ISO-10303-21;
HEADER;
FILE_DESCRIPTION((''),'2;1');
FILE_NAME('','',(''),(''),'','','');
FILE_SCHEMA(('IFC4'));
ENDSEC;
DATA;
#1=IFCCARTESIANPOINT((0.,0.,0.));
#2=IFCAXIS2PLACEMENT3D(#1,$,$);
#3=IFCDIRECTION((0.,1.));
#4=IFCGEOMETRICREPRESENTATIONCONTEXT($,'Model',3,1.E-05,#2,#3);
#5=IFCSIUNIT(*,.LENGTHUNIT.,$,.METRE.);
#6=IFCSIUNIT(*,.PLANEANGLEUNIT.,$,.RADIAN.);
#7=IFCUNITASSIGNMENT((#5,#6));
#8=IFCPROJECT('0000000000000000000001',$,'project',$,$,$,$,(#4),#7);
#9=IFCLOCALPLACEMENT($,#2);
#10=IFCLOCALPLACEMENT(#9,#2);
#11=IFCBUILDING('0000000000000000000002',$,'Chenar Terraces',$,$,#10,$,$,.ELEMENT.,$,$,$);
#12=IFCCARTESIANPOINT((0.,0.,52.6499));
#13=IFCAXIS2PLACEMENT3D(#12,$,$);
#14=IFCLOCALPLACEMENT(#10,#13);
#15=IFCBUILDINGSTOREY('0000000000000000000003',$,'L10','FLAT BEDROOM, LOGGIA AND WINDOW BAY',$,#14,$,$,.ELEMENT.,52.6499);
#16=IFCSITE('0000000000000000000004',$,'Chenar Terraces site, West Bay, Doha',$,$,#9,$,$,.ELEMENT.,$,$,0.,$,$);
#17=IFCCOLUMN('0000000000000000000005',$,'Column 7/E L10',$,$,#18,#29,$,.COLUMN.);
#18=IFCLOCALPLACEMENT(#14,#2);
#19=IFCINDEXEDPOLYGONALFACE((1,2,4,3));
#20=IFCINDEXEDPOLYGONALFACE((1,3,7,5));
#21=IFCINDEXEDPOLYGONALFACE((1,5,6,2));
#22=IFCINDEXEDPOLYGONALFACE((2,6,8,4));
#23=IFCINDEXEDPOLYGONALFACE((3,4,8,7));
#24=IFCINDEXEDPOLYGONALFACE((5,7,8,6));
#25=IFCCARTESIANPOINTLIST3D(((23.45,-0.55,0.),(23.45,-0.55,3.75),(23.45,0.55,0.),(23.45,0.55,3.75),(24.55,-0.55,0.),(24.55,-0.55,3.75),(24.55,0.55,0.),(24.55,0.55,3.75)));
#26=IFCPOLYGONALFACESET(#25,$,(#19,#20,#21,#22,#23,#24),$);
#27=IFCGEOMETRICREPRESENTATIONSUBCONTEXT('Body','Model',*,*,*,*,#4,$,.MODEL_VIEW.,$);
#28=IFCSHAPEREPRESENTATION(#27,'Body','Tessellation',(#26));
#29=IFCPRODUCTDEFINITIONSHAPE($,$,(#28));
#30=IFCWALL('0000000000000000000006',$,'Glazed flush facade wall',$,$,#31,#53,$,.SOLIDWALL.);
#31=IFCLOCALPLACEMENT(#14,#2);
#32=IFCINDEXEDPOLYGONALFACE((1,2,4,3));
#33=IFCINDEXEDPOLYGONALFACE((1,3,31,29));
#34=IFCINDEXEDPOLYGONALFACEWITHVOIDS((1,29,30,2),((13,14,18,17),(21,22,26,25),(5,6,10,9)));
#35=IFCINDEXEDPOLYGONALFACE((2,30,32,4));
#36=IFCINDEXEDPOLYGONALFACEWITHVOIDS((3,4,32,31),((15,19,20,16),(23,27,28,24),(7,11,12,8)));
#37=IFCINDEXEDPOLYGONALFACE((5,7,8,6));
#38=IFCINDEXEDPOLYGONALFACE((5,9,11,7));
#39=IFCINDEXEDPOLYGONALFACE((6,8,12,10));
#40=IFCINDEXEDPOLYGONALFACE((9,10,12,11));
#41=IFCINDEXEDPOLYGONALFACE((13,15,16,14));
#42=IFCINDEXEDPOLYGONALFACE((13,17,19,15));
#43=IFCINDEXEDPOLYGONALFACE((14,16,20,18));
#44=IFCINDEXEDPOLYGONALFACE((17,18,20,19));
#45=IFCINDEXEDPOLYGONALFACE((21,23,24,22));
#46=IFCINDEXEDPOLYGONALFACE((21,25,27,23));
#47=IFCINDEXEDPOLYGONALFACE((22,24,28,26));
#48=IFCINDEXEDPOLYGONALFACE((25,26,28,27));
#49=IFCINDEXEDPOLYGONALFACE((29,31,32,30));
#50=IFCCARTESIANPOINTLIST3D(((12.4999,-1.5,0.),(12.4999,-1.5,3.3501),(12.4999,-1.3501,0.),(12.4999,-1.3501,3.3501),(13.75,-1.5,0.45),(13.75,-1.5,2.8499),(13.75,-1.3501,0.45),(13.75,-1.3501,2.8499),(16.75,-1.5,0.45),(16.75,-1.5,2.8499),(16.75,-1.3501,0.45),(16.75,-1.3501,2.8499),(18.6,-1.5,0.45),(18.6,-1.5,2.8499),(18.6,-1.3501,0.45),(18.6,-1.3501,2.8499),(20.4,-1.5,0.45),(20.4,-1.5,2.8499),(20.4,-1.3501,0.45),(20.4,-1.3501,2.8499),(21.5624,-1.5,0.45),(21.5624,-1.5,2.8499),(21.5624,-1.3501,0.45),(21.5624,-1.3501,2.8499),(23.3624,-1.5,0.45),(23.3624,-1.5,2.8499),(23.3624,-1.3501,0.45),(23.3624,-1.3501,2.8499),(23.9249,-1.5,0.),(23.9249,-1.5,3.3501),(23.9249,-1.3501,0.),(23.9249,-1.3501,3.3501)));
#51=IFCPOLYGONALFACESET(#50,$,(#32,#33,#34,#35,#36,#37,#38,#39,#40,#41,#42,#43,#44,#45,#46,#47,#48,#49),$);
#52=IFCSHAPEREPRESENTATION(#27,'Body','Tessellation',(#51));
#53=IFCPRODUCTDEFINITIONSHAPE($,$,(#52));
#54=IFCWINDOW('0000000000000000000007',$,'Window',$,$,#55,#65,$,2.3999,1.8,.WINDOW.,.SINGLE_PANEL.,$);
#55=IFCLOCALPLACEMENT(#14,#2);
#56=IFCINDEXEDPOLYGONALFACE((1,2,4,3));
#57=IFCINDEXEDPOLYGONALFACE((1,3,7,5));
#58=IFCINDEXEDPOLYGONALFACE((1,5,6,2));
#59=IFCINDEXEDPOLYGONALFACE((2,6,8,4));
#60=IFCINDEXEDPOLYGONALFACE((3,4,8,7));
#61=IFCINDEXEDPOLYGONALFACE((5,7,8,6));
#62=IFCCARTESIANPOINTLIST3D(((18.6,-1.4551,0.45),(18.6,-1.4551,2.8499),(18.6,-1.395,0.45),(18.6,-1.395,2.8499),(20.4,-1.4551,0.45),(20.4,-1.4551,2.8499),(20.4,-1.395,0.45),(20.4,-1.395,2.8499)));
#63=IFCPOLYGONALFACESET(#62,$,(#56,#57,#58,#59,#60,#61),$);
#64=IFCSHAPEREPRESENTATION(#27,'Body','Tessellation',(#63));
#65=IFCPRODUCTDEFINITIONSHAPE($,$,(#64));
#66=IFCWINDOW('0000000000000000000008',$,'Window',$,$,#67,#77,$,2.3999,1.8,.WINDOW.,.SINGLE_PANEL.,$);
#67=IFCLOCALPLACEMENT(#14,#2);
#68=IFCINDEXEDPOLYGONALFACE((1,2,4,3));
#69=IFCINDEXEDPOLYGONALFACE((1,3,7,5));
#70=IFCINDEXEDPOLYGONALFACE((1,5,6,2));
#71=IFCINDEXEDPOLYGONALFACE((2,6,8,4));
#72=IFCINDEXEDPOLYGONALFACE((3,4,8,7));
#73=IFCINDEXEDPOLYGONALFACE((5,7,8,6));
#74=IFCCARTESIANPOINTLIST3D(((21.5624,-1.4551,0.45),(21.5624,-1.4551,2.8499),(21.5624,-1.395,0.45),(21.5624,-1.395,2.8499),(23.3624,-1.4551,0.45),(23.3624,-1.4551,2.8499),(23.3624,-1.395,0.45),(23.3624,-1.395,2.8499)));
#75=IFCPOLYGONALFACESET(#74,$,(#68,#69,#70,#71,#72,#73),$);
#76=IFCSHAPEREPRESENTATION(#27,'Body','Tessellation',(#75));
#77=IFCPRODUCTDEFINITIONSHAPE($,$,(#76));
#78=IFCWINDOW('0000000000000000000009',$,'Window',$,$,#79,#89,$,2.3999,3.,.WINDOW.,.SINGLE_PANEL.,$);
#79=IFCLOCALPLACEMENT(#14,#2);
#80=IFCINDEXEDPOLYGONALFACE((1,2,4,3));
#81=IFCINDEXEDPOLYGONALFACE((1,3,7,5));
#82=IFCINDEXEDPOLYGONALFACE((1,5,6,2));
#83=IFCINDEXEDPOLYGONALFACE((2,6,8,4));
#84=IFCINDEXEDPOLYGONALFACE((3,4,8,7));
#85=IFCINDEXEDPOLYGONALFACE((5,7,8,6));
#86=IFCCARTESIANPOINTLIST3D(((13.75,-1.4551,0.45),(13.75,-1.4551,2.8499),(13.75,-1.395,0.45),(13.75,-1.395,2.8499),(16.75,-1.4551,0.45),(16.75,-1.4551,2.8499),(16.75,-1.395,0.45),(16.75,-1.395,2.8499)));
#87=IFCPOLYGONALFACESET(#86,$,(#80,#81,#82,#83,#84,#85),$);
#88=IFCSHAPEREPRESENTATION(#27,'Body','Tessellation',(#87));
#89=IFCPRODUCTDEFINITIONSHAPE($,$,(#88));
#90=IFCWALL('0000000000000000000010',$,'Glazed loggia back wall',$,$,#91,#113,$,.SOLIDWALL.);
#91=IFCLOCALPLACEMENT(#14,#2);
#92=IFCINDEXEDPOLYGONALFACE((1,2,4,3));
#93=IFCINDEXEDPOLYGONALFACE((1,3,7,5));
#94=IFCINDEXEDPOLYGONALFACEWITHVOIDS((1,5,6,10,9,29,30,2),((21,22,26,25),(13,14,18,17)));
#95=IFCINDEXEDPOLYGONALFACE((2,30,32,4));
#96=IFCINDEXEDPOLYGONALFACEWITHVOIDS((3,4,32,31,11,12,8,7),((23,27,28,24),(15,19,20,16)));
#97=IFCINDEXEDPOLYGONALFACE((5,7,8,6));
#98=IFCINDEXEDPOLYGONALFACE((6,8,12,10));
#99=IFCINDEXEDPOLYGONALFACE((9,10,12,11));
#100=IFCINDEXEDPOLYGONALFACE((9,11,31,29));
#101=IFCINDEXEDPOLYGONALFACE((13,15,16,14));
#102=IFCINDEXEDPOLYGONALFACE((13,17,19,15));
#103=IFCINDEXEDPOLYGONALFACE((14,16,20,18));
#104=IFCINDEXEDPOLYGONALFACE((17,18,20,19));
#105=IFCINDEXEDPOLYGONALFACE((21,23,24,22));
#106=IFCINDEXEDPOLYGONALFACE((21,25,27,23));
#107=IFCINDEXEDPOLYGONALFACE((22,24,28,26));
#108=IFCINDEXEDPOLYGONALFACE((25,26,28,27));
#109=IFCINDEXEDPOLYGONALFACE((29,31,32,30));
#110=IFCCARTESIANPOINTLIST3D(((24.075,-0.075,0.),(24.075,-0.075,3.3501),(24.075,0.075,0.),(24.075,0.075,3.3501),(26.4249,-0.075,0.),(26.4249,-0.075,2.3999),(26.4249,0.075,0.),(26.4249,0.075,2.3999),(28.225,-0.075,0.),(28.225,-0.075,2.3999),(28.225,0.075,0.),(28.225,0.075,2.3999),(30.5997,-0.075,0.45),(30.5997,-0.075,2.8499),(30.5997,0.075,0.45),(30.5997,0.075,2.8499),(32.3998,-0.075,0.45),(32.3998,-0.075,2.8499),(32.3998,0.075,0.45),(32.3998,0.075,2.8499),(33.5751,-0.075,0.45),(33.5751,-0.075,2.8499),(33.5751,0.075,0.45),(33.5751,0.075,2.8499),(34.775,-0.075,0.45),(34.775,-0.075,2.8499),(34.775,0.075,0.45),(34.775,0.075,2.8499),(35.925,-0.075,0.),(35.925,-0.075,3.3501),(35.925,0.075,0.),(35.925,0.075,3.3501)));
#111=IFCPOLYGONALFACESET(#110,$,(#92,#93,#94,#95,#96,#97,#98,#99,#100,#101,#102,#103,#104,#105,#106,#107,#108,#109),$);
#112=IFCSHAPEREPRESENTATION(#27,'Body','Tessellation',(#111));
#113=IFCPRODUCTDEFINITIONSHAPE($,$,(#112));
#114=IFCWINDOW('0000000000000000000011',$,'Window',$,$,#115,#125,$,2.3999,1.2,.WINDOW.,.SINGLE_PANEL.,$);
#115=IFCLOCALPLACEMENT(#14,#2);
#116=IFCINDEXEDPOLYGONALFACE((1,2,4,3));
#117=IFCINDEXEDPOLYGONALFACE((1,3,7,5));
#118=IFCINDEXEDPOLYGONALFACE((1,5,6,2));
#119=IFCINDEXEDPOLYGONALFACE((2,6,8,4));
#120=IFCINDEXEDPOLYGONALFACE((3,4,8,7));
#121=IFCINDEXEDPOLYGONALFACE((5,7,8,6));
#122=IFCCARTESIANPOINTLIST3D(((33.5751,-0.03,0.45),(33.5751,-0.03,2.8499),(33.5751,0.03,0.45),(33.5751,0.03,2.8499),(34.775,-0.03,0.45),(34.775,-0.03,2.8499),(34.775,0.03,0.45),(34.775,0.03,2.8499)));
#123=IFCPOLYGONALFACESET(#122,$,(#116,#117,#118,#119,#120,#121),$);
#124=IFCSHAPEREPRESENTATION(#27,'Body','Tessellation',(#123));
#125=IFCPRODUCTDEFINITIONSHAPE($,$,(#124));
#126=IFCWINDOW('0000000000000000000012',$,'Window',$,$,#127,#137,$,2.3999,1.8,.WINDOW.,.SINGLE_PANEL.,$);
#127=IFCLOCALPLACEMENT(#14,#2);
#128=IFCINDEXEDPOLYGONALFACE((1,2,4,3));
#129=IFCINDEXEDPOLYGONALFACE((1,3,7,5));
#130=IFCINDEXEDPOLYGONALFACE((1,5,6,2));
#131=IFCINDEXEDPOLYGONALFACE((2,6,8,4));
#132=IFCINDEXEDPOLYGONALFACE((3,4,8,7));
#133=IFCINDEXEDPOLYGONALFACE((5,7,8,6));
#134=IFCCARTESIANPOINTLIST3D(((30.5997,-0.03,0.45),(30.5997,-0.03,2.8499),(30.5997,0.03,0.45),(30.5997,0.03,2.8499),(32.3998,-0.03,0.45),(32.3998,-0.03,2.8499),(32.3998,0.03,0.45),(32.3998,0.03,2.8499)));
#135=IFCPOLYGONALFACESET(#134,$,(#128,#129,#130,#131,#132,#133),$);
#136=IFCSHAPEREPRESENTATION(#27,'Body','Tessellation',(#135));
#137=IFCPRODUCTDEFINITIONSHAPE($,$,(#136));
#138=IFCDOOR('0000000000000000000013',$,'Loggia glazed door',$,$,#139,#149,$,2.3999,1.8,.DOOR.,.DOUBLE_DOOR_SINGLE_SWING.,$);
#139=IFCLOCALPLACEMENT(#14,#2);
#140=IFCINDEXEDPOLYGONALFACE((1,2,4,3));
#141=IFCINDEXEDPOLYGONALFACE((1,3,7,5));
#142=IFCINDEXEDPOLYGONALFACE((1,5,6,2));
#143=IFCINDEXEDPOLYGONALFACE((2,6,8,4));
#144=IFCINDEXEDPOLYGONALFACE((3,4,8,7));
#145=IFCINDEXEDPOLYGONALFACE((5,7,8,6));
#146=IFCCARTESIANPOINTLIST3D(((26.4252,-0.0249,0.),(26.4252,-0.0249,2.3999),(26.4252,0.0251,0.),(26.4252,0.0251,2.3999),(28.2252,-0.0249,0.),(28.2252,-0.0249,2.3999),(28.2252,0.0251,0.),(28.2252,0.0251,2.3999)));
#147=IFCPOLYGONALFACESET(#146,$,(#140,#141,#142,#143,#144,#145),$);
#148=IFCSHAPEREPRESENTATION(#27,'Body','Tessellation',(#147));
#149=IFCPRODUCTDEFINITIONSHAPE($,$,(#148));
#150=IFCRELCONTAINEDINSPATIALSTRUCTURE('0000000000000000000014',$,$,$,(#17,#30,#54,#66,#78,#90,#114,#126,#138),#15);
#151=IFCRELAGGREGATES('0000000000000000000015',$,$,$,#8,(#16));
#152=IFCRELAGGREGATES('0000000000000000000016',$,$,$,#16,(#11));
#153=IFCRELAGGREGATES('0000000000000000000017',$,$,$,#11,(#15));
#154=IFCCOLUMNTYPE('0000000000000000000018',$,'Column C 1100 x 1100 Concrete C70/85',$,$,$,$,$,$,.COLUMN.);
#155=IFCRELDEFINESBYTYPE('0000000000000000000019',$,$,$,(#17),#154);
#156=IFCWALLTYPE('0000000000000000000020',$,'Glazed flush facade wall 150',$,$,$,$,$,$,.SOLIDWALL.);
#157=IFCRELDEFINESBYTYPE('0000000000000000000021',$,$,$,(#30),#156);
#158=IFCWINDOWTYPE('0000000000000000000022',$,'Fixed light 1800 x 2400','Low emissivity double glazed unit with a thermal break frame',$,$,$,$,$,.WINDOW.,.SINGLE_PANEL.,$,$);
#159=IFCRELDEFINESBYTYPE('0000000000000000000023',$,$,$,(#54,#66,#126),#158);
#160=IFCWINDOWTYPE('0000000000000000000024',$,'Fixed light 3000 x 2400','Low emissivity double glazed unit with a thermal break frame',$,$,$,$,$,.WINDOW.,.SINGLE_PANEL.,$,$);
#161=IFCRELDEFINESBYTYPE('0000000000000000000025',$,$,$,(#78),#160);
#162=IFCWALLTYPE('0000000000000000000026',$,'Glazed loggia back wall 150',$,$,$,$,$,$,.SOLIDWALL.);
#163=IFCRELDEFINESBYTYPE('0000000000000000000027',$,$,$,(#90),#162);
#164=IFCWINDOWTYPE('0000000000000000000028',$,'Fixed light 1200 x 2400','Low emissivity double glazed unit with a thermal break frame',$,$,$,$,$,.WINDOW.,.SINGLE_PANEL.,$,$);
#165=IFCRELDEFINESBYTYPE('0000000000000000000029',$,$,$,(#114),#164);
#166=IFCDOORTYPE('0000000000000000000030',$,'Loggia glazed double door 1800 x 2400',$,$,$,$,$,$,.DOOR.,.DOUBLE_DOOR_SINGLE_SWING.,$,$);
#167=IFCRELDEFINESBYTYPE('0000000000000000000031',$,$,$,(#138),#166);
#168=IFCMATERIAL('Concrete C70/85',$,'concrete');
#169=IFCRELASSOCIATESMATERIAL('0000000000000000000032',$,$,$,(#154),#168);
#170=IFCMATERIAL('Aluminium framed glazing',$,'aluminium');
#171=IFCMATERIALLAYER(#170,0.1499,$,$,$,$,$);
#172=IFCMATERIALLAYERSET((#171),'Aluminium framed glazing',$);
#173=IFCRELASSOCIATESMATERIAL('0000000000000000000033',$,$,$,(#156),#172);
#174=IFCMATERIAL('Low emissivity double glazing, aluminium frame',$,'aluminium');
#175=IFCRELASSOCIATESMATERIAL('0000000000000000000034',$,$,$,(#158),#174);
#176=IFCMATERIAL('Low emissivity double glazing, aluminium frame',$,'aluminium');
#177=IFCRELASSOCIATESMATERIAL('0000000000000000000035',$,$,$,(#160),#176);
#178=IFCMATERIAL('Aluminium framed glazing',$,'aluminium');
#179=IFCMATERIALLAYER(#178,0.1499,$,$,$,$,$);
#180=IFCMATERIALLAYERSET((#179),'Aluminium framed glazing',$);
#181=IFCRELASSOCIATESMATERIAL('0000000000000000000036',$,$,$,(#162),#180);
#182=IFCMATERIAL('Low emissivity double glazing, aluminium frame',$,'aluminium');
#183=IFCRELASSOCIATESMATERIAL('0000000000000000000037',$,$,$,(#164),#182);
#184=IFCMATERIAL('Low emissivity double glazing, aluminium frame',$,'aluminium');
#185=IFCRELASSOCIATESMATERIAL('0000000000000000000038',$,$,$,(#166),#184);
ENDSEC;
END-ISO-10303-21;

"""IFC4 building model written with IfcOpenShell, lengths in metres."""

from ifc_helpers import new_model, si_unit, direction, frame, frame_2d, origin, origin_2d, place, context, subcontext, project, spatial, rectangle, extrude, material, layer, layer_set, material_profile, profile_set, type_object, element, fill, save


model = new_model("IFC4")

# Units and contexts
model_context = context("Model", 3, precision=1e-05, world=origin(), true_north=direction((0.0, 1.0)))
body_context = subcontext(model_context, "Body", "Model", "MODEL_VIEW")
ifc_project = project(units=[si_unit("LENGTHUNIT", "METRE"), si_unit("PLANEANGLEUNIT", "RADIAN")], contexts=[model_context])

# Site, building, storey
site_placement = place(None, origin())
site = spatial("IfcSite", under=ifc_project, at=site_placement, Name="Chenar Terraces site, West Bay, Doha", CompositionType="ELEMENT", RefElevation=0.0)
building_placement = place(site_placement, origin())
building = spatial("IfcBuilding", under=site, at=building_placement, Name="Chenar Terraces", CompositionType="ELEMENT")
storey_placement = place(building_placement, frame((0.0, 0.0, 52.6499)))
storey = spatial("IfcBuildingStorey", under=building, at=storey_placement, Name="L10", Description="FLAT BEDROOM, LOGGIA AND WINDOW BAY", CompositionType="ELEMENT", Elevation=52.6499)

# Column
ifc_material_1 = material(Name="Concrete C70/85", Category="concrete")
ifc_material_profile = material_profile(ifc_material_1, rectangle(XDim=1.1001, YDim=1.1001, at=origin_2d()), Name="C 1100 x 1100")
ifc_profile_set = profile_set([ifc_material_profile], Name="Concrete C70/85")
column_type = type_object("IfcColumnType", Name="Column C 1100 x 1100 Concrete C70/85", PredefinedType="COLUMN", material=ifc_profile_set)
column_placement = place(storey_placement, frame((24.0, 0.0, 0.0), z_axis=(0.0, 0.0, 1.0), x_axis=(1.0, 0.0, 0.0)))
element("IfcColumn", 1, at=column_placement, inside=storey, type_object=column_type, Name="Column 7/E L10", PredefinedType="COLUMN", context=body_context, shape_type="SweptSolid", body=[
    extrude(rectangle(XDim=1.1001, YDim=1.1001, at=origin_2d()), origin(), (0.0, 0.0, 1.0), 3.75),
])

# Wall, openings, windows
ifc_material_2 = material(Name="Aluminium framed glazing", Category="aluminium")
ifc_layer_1 = layer(ifc_material_2, 0.1499)
ifc_layer_set_1 = layer_set([ifc_layer_1], Name="Aluminium framed glazing")
wall_type_1 = type_object("IfcWallType", Name="Glazed flush facade wall 150", PredefinedType="SOLIDWALL", material=ifc_layer_set_1)
wall_1_placement = place(storey_placement, frame((12.5, -1.425, 0.0), z_axis=(0.0, 0.0, 1.0), x_axis=(1.0, 0.0, 0.0)))
wall_1 = element("IfcWall", 2, at=wall_1_placement, inside=storey, type_object=wall_type_1, Name="Glazed flush facade wall", PredefinedType="SOLIDWALL", context=body_context, shape_type="SweptSolid", body=[
    extrude(rectangle(XDim=11.425, YDim=0.1499, at=frame_2d((5.7124, 0.0))), origin(), (0.0, 0.0, 1.0), 3.3501),
])
opening_1_placement = place(wall_1_placement, frame((1.25, 0.0, 0.45)))
opening_1 = element("IfcOpeningElement", 3, at=opening_1_placement, cuts=wall_1, PredefinedType="OPENING", context=body_context, shape_type="SweptSolid", body=[
    extrude(rectangle(XDim=3.0, YDim=2.3999, at=frame_2d((1.5, 1.2))), frame((0.0, 0.085, 0.0), z_axis=(0.0, -1.0, 0.0), x_axis=(1.0, 0.0, 0.0)), (0.0, 0.0, 1.0), 0.1699),
])
opening_2_placement = place(wall_1_placement, frame((6.1001, 0.0, 0.45)))
opening_2 = element("IfcOpeningElement", 4, at=opening_2_placement, cuts=wall_1, PredefinedType="OPENING", context=body_context, shape_type="SweptSolid", body=[
    extrude(rectangle(XDim=1.8, YDim=2.3999, at=frame_2d((0.8999, 1.2))), frame((0.0, 0.085, 0.0), z_axis=(0.0, -1.0, 0.0), x_axis=(1.0, 0.0, 0.0)), (0.0, 0.0, 1.0), 0.1699),
])
opening_3_placement = place(wall_1_placement, frame((9.0625, 0.0, 0.45)))
opening_3 = element("IfcOpeningElement", 5, at=opening_3_placement, cuts=wall_1, PredefinedType="OPENING", context=body_context, shape_type="SweptSolid", body=[
    extrude(rectangle(XDim=1.8, YDim=2.3999, at=frame_2d((0.8999, 1.2))), frame((0.0, 0.085, 0.0), z_axis=(0.0, -1.0, 0.0), x_axis=(1.0, 0.0, 0.0)), (0.0, 0.0, 1.0), 0.1699),
])
ifc_material_3 = material(Name="Low emissivity double glazing, aluminium frame", Category="aluminium")
window_type_1 = type_object("IfcWindowType", Name="Fixed light 1800 x 2400", Description="Low emissivity double glazed unit with a thermal break frame", PartitioningType="SINGLE_PANEL", PredefinedType="WINDOW", material=ifc_material_3)
window_1_placement = place(opening_2_placement, origin())
window_1 = element("IfcWindow", 6, at=window_1_placement, inside=storey, type_object=window_type_1, Name="Window", OverallHeight=2.3999, OverallWidth=1.8, PartitioningType="SINGLE_PANEL", PredefinedType="WINDOW", context=body_context, shape_type="SweptSolid", body=[
    extrude(rectangle(XDim=1.8, YDim=2.3999, at=frame_2d((0.8999, 1.2))), frame((0.0, 0.03, 0.0), z_axis=(0.0, -1.0, 0.0), x_axis=(1.0, 0.0, 0.0)), (0.0, 0.0, 1.0), 0.0601),
])
fill(opening_2, window_1)
window_2_placement = place(opening_3_placement, origin())
window_2 = element("IfcWindow", 7, at=window_2_placement, inside=storey, type_object=window_type_1, Name="Window", OverallHeight=2.3999, OverallWidth=1.8, PartitioningType="SINGLE_PANEL", PredefinedType="WINDOW", context=body_context, shape_type="SweptSolid", body=[
    extrude(rectangle(XDim=1.8, YDim=2.3999, at=frame_2d((0.8999, 1.2))), frame((0.0, 0.03, 0.0), z_axis=(0.0, -1.0, 0.0), x_axis=(1.0, 0.0, 0.0)), (0.0, 0.0, 1.0), 0.0601),
])
fill(opening_3, window_2)
ifc_material_4 = material(Name="Low emissivity double glazing, aluminium frame", Category="aluminium")
window_type_2 = type_object("IfcWindowType", Name="Fixed light 3000 x 2400", Description="Low emissivity double glazed unit with a thermal break frame", PartitioningType="SINGLE_PANEL", PredefinedType="WINDOW", material=ifc_material_4)
window_3_placement = place(opening_1_placement, origin())
window_3 = element("IfcWindow", 8, at=window_3_placement, inside=storey, type_object=window_type_2, Name="Window", OverallHeight=2.3999, OverallWidth=3.0, PartitioningType="SINGLE_PANEL", PredefinedType="WINDOW", context=body_context, shape_type="SweptSolid", body=[
    extrude(rectangle(XDim=3.0, YDim=2.3999, at=frame_2d((1.5, 1.2))), frame((0.0, 0.03, 0.0), z_axis=(0.0, -1.0, 0.0), x_axis=(1.0, 0.0, 0.0)), (0.0, 0.0, 1.0), 0.0601),
])
fill(opening_1, window_3)

# Wall, openings, windows, door
ifc_material_5 = material(Name="Aluminium framed glazing", Category="aluminium")
ifc_layer_2 = layer(ifc_material_5, 0.1499)
ifc_layer_set_2 = layer_set([ifc_layer_2], Name="Aluminium framed glazing")
wall_type_2 = type_object("IfcWallType", Name="Glazed loggia back wall 150", PredefinedType="SOLIDWALL", material=ifc_layer_set_2)
wall_2_placement = place(storey_placement, frame((24.075, 0.0, 0.0), z_axis=(0.0, 0.0, 1.0), x_axis=(1.0, 0.0, 0.0)))
wall_2 = element("IfcWall", 9, at=wall_2_placement, inside=storey, type_object=wall_type_2, Name="Glazed loggia back wall", PredefinedType="SOLIDWALL", context=body_context, shape_type="SweptSolid", body=[
    extrude(rectangle(XDim=11.8501, YDim=0.1499, at=frame_2d((5.925, 0.0))), origin(), (0.0, 0.0, 1.0), 3.3501),
])
opening_4_placement = place(wall_2_placement, frame((2.3501, 0.0, 0.0)))
opening_4 = element("IfcOpeningElement", 10, at=opening_4_placement, cuts=wall_2, PredefinedType="OPENING", context=body_context, shape_type="SweptSolid", body=[
    extrude(rectangle(XDim=1.8, YDim=2.3999, at=frame_2d((0.8999, 1.2))), frame((0.0, 0.085, 0.0), z_axis=(0.0, -1.0, 0.0), x_axis=(1.0, 0.0, 0.0)), (0.0, 0.0, 1.0), 0.1699),
])
opening_5_placement = place(wall_2_placement, frame((6.5249, 0.0, 0.45)))
opening_5 = element("IfcOpeningElement", 11, at=opening_5_placement, cuts=wall_2, PredefinedType="OPENING", context=body_context, shape_type="SweptSolid", body=[
    extrude(rectangle(XDim=1.8, YDim=2.3999, at=frame_2d((0.8999, 1.2))), frame((0.0, 0.085, 0.0), z_axis=(0.0, -1.0, 0.0), x_axis=(1.0, 0.0, 0.0)), (0.0, 0.0, 1.0), 0.1699),
])
opening_6_placement = place(wall_2_placement, frame((9.5, 0.0, 0.45)))
opening_6 = element("IfcOpeningElement", 12, at=opening_6_placement, cuts=wall_2, PredefinedType="OPENING", context=body_context, shape_type="SweptSolid", body=[
    extrude(rectangle(XDim=1.2, YDim=2.3999, at=frame_2d((0.6001, 1.2))), frame((0.0, 0.085, 0.0), z_axis=(0.0, -1.0, 0.0), x_axis=(1.0, 0.0, 0.0)), (0.0, 0.0, 1.0), 0.1699),
])
ifc_material_6 = material(Name="Low emissivity double glazing, aluminium frame", Category="aluminium")
window_type_3 = type_object("IfcWindowType", Name="Fixed light 1200 x 2400", Description="Low emissivity double glazed unit with a thermal break frame", PartitioningType="SINGLE_PANEL", PredefinedType="WINDOW", material=ifc_material_6)
window_4_placement = place(opening_6_placement, origin())
window_4 = element("IfcWindow", 13, at=window_4_placement, inside=storey, type_object=window_type_3, Name="Window", OverallHeight=2.3999, OverallWidth=1.2, PartitioningType="SINGLE_PANEL", PredefinedType="WINDOW", context=body_context, shape_type="SweptSolid", body=[
    extrude(rectangle(XDim=1.2, YDim=2.3999, at=frame_2d((0.6001, 1.2))), frame((0.0, 0.03, 0.0), z_axis=(0.0, -1.0, 0.0), x_axis=(1.0, 0.0, 0.0)), (0.0, 0.0, 1.0), 0.0601),
])
fill(opening_6, window_4)
window_5_placement = place(opening_5_placement, origin())
window_5 = element("IfcWindow", 14, at=window_5_placement, inside=storey, type_object=window_type_1, Name="Window", OverallHeight=2.3999, OverallWidth=1.8, PartitioningType="SINGLE_PANEL", PredefinedType="WINDOW", context=body_context, shape_type="SweptSolid", body=[
    extrude(rectangle(XDim=1.8, YDim=2.3999, at=frame_2d((0.8999, 1.2))), frame((0.0, 0.03, 0.0), z_axis=(0.0, -1.0, 0.0), x_axis=(1.0, 0.0, 0.0)), (0.0, 0.0, 1.0), 0.0601),
])
fill(opening_5, window_5)
ifc_material_7 = material(Name="Low emissivity double glazing, aluminium frame", Category="aluminium")
door_type = type_object("IfcDoorType", Name="Loggia glazed double door 1800 x 2400", OperationType="DOUBLE_DOOR_SINGLE_SWING", PredefinedType="DOOR", material=ifc_material_7)
door_placement = place(opening_4_placement, frame((1.8, 0.0, 0.0), z_axis=(0.0, 0.0, 1.0), x_axis=(-1.0, 0.0, 0.0)))
door = element("IfcDoor", 15, at=door_placement, inside=storey, type_object=door_type, Name="Loggia glazed door", OperationType="DOUBLE_DOOR_SINGLE_SWING", OverallHeight=2.3999, OverallWidth=1.8, PredefinedType="DOOR", context=body_context, shape_type="SweptSolid", body=[
    extrude(rectangle(XDim=1.8, YDim=2.3999, at=frame_2d((0.8999, 1.2))), frame((0.0, 0.0249, 0.0), z_axis=(0.0, -1.0, 0.0), x_axis=(1.0, 0.0, 0.0)), (0.0, 0.0, 1.0), 0.05),
])
fill(opening_4, door)

save(model, "model.ifc")
